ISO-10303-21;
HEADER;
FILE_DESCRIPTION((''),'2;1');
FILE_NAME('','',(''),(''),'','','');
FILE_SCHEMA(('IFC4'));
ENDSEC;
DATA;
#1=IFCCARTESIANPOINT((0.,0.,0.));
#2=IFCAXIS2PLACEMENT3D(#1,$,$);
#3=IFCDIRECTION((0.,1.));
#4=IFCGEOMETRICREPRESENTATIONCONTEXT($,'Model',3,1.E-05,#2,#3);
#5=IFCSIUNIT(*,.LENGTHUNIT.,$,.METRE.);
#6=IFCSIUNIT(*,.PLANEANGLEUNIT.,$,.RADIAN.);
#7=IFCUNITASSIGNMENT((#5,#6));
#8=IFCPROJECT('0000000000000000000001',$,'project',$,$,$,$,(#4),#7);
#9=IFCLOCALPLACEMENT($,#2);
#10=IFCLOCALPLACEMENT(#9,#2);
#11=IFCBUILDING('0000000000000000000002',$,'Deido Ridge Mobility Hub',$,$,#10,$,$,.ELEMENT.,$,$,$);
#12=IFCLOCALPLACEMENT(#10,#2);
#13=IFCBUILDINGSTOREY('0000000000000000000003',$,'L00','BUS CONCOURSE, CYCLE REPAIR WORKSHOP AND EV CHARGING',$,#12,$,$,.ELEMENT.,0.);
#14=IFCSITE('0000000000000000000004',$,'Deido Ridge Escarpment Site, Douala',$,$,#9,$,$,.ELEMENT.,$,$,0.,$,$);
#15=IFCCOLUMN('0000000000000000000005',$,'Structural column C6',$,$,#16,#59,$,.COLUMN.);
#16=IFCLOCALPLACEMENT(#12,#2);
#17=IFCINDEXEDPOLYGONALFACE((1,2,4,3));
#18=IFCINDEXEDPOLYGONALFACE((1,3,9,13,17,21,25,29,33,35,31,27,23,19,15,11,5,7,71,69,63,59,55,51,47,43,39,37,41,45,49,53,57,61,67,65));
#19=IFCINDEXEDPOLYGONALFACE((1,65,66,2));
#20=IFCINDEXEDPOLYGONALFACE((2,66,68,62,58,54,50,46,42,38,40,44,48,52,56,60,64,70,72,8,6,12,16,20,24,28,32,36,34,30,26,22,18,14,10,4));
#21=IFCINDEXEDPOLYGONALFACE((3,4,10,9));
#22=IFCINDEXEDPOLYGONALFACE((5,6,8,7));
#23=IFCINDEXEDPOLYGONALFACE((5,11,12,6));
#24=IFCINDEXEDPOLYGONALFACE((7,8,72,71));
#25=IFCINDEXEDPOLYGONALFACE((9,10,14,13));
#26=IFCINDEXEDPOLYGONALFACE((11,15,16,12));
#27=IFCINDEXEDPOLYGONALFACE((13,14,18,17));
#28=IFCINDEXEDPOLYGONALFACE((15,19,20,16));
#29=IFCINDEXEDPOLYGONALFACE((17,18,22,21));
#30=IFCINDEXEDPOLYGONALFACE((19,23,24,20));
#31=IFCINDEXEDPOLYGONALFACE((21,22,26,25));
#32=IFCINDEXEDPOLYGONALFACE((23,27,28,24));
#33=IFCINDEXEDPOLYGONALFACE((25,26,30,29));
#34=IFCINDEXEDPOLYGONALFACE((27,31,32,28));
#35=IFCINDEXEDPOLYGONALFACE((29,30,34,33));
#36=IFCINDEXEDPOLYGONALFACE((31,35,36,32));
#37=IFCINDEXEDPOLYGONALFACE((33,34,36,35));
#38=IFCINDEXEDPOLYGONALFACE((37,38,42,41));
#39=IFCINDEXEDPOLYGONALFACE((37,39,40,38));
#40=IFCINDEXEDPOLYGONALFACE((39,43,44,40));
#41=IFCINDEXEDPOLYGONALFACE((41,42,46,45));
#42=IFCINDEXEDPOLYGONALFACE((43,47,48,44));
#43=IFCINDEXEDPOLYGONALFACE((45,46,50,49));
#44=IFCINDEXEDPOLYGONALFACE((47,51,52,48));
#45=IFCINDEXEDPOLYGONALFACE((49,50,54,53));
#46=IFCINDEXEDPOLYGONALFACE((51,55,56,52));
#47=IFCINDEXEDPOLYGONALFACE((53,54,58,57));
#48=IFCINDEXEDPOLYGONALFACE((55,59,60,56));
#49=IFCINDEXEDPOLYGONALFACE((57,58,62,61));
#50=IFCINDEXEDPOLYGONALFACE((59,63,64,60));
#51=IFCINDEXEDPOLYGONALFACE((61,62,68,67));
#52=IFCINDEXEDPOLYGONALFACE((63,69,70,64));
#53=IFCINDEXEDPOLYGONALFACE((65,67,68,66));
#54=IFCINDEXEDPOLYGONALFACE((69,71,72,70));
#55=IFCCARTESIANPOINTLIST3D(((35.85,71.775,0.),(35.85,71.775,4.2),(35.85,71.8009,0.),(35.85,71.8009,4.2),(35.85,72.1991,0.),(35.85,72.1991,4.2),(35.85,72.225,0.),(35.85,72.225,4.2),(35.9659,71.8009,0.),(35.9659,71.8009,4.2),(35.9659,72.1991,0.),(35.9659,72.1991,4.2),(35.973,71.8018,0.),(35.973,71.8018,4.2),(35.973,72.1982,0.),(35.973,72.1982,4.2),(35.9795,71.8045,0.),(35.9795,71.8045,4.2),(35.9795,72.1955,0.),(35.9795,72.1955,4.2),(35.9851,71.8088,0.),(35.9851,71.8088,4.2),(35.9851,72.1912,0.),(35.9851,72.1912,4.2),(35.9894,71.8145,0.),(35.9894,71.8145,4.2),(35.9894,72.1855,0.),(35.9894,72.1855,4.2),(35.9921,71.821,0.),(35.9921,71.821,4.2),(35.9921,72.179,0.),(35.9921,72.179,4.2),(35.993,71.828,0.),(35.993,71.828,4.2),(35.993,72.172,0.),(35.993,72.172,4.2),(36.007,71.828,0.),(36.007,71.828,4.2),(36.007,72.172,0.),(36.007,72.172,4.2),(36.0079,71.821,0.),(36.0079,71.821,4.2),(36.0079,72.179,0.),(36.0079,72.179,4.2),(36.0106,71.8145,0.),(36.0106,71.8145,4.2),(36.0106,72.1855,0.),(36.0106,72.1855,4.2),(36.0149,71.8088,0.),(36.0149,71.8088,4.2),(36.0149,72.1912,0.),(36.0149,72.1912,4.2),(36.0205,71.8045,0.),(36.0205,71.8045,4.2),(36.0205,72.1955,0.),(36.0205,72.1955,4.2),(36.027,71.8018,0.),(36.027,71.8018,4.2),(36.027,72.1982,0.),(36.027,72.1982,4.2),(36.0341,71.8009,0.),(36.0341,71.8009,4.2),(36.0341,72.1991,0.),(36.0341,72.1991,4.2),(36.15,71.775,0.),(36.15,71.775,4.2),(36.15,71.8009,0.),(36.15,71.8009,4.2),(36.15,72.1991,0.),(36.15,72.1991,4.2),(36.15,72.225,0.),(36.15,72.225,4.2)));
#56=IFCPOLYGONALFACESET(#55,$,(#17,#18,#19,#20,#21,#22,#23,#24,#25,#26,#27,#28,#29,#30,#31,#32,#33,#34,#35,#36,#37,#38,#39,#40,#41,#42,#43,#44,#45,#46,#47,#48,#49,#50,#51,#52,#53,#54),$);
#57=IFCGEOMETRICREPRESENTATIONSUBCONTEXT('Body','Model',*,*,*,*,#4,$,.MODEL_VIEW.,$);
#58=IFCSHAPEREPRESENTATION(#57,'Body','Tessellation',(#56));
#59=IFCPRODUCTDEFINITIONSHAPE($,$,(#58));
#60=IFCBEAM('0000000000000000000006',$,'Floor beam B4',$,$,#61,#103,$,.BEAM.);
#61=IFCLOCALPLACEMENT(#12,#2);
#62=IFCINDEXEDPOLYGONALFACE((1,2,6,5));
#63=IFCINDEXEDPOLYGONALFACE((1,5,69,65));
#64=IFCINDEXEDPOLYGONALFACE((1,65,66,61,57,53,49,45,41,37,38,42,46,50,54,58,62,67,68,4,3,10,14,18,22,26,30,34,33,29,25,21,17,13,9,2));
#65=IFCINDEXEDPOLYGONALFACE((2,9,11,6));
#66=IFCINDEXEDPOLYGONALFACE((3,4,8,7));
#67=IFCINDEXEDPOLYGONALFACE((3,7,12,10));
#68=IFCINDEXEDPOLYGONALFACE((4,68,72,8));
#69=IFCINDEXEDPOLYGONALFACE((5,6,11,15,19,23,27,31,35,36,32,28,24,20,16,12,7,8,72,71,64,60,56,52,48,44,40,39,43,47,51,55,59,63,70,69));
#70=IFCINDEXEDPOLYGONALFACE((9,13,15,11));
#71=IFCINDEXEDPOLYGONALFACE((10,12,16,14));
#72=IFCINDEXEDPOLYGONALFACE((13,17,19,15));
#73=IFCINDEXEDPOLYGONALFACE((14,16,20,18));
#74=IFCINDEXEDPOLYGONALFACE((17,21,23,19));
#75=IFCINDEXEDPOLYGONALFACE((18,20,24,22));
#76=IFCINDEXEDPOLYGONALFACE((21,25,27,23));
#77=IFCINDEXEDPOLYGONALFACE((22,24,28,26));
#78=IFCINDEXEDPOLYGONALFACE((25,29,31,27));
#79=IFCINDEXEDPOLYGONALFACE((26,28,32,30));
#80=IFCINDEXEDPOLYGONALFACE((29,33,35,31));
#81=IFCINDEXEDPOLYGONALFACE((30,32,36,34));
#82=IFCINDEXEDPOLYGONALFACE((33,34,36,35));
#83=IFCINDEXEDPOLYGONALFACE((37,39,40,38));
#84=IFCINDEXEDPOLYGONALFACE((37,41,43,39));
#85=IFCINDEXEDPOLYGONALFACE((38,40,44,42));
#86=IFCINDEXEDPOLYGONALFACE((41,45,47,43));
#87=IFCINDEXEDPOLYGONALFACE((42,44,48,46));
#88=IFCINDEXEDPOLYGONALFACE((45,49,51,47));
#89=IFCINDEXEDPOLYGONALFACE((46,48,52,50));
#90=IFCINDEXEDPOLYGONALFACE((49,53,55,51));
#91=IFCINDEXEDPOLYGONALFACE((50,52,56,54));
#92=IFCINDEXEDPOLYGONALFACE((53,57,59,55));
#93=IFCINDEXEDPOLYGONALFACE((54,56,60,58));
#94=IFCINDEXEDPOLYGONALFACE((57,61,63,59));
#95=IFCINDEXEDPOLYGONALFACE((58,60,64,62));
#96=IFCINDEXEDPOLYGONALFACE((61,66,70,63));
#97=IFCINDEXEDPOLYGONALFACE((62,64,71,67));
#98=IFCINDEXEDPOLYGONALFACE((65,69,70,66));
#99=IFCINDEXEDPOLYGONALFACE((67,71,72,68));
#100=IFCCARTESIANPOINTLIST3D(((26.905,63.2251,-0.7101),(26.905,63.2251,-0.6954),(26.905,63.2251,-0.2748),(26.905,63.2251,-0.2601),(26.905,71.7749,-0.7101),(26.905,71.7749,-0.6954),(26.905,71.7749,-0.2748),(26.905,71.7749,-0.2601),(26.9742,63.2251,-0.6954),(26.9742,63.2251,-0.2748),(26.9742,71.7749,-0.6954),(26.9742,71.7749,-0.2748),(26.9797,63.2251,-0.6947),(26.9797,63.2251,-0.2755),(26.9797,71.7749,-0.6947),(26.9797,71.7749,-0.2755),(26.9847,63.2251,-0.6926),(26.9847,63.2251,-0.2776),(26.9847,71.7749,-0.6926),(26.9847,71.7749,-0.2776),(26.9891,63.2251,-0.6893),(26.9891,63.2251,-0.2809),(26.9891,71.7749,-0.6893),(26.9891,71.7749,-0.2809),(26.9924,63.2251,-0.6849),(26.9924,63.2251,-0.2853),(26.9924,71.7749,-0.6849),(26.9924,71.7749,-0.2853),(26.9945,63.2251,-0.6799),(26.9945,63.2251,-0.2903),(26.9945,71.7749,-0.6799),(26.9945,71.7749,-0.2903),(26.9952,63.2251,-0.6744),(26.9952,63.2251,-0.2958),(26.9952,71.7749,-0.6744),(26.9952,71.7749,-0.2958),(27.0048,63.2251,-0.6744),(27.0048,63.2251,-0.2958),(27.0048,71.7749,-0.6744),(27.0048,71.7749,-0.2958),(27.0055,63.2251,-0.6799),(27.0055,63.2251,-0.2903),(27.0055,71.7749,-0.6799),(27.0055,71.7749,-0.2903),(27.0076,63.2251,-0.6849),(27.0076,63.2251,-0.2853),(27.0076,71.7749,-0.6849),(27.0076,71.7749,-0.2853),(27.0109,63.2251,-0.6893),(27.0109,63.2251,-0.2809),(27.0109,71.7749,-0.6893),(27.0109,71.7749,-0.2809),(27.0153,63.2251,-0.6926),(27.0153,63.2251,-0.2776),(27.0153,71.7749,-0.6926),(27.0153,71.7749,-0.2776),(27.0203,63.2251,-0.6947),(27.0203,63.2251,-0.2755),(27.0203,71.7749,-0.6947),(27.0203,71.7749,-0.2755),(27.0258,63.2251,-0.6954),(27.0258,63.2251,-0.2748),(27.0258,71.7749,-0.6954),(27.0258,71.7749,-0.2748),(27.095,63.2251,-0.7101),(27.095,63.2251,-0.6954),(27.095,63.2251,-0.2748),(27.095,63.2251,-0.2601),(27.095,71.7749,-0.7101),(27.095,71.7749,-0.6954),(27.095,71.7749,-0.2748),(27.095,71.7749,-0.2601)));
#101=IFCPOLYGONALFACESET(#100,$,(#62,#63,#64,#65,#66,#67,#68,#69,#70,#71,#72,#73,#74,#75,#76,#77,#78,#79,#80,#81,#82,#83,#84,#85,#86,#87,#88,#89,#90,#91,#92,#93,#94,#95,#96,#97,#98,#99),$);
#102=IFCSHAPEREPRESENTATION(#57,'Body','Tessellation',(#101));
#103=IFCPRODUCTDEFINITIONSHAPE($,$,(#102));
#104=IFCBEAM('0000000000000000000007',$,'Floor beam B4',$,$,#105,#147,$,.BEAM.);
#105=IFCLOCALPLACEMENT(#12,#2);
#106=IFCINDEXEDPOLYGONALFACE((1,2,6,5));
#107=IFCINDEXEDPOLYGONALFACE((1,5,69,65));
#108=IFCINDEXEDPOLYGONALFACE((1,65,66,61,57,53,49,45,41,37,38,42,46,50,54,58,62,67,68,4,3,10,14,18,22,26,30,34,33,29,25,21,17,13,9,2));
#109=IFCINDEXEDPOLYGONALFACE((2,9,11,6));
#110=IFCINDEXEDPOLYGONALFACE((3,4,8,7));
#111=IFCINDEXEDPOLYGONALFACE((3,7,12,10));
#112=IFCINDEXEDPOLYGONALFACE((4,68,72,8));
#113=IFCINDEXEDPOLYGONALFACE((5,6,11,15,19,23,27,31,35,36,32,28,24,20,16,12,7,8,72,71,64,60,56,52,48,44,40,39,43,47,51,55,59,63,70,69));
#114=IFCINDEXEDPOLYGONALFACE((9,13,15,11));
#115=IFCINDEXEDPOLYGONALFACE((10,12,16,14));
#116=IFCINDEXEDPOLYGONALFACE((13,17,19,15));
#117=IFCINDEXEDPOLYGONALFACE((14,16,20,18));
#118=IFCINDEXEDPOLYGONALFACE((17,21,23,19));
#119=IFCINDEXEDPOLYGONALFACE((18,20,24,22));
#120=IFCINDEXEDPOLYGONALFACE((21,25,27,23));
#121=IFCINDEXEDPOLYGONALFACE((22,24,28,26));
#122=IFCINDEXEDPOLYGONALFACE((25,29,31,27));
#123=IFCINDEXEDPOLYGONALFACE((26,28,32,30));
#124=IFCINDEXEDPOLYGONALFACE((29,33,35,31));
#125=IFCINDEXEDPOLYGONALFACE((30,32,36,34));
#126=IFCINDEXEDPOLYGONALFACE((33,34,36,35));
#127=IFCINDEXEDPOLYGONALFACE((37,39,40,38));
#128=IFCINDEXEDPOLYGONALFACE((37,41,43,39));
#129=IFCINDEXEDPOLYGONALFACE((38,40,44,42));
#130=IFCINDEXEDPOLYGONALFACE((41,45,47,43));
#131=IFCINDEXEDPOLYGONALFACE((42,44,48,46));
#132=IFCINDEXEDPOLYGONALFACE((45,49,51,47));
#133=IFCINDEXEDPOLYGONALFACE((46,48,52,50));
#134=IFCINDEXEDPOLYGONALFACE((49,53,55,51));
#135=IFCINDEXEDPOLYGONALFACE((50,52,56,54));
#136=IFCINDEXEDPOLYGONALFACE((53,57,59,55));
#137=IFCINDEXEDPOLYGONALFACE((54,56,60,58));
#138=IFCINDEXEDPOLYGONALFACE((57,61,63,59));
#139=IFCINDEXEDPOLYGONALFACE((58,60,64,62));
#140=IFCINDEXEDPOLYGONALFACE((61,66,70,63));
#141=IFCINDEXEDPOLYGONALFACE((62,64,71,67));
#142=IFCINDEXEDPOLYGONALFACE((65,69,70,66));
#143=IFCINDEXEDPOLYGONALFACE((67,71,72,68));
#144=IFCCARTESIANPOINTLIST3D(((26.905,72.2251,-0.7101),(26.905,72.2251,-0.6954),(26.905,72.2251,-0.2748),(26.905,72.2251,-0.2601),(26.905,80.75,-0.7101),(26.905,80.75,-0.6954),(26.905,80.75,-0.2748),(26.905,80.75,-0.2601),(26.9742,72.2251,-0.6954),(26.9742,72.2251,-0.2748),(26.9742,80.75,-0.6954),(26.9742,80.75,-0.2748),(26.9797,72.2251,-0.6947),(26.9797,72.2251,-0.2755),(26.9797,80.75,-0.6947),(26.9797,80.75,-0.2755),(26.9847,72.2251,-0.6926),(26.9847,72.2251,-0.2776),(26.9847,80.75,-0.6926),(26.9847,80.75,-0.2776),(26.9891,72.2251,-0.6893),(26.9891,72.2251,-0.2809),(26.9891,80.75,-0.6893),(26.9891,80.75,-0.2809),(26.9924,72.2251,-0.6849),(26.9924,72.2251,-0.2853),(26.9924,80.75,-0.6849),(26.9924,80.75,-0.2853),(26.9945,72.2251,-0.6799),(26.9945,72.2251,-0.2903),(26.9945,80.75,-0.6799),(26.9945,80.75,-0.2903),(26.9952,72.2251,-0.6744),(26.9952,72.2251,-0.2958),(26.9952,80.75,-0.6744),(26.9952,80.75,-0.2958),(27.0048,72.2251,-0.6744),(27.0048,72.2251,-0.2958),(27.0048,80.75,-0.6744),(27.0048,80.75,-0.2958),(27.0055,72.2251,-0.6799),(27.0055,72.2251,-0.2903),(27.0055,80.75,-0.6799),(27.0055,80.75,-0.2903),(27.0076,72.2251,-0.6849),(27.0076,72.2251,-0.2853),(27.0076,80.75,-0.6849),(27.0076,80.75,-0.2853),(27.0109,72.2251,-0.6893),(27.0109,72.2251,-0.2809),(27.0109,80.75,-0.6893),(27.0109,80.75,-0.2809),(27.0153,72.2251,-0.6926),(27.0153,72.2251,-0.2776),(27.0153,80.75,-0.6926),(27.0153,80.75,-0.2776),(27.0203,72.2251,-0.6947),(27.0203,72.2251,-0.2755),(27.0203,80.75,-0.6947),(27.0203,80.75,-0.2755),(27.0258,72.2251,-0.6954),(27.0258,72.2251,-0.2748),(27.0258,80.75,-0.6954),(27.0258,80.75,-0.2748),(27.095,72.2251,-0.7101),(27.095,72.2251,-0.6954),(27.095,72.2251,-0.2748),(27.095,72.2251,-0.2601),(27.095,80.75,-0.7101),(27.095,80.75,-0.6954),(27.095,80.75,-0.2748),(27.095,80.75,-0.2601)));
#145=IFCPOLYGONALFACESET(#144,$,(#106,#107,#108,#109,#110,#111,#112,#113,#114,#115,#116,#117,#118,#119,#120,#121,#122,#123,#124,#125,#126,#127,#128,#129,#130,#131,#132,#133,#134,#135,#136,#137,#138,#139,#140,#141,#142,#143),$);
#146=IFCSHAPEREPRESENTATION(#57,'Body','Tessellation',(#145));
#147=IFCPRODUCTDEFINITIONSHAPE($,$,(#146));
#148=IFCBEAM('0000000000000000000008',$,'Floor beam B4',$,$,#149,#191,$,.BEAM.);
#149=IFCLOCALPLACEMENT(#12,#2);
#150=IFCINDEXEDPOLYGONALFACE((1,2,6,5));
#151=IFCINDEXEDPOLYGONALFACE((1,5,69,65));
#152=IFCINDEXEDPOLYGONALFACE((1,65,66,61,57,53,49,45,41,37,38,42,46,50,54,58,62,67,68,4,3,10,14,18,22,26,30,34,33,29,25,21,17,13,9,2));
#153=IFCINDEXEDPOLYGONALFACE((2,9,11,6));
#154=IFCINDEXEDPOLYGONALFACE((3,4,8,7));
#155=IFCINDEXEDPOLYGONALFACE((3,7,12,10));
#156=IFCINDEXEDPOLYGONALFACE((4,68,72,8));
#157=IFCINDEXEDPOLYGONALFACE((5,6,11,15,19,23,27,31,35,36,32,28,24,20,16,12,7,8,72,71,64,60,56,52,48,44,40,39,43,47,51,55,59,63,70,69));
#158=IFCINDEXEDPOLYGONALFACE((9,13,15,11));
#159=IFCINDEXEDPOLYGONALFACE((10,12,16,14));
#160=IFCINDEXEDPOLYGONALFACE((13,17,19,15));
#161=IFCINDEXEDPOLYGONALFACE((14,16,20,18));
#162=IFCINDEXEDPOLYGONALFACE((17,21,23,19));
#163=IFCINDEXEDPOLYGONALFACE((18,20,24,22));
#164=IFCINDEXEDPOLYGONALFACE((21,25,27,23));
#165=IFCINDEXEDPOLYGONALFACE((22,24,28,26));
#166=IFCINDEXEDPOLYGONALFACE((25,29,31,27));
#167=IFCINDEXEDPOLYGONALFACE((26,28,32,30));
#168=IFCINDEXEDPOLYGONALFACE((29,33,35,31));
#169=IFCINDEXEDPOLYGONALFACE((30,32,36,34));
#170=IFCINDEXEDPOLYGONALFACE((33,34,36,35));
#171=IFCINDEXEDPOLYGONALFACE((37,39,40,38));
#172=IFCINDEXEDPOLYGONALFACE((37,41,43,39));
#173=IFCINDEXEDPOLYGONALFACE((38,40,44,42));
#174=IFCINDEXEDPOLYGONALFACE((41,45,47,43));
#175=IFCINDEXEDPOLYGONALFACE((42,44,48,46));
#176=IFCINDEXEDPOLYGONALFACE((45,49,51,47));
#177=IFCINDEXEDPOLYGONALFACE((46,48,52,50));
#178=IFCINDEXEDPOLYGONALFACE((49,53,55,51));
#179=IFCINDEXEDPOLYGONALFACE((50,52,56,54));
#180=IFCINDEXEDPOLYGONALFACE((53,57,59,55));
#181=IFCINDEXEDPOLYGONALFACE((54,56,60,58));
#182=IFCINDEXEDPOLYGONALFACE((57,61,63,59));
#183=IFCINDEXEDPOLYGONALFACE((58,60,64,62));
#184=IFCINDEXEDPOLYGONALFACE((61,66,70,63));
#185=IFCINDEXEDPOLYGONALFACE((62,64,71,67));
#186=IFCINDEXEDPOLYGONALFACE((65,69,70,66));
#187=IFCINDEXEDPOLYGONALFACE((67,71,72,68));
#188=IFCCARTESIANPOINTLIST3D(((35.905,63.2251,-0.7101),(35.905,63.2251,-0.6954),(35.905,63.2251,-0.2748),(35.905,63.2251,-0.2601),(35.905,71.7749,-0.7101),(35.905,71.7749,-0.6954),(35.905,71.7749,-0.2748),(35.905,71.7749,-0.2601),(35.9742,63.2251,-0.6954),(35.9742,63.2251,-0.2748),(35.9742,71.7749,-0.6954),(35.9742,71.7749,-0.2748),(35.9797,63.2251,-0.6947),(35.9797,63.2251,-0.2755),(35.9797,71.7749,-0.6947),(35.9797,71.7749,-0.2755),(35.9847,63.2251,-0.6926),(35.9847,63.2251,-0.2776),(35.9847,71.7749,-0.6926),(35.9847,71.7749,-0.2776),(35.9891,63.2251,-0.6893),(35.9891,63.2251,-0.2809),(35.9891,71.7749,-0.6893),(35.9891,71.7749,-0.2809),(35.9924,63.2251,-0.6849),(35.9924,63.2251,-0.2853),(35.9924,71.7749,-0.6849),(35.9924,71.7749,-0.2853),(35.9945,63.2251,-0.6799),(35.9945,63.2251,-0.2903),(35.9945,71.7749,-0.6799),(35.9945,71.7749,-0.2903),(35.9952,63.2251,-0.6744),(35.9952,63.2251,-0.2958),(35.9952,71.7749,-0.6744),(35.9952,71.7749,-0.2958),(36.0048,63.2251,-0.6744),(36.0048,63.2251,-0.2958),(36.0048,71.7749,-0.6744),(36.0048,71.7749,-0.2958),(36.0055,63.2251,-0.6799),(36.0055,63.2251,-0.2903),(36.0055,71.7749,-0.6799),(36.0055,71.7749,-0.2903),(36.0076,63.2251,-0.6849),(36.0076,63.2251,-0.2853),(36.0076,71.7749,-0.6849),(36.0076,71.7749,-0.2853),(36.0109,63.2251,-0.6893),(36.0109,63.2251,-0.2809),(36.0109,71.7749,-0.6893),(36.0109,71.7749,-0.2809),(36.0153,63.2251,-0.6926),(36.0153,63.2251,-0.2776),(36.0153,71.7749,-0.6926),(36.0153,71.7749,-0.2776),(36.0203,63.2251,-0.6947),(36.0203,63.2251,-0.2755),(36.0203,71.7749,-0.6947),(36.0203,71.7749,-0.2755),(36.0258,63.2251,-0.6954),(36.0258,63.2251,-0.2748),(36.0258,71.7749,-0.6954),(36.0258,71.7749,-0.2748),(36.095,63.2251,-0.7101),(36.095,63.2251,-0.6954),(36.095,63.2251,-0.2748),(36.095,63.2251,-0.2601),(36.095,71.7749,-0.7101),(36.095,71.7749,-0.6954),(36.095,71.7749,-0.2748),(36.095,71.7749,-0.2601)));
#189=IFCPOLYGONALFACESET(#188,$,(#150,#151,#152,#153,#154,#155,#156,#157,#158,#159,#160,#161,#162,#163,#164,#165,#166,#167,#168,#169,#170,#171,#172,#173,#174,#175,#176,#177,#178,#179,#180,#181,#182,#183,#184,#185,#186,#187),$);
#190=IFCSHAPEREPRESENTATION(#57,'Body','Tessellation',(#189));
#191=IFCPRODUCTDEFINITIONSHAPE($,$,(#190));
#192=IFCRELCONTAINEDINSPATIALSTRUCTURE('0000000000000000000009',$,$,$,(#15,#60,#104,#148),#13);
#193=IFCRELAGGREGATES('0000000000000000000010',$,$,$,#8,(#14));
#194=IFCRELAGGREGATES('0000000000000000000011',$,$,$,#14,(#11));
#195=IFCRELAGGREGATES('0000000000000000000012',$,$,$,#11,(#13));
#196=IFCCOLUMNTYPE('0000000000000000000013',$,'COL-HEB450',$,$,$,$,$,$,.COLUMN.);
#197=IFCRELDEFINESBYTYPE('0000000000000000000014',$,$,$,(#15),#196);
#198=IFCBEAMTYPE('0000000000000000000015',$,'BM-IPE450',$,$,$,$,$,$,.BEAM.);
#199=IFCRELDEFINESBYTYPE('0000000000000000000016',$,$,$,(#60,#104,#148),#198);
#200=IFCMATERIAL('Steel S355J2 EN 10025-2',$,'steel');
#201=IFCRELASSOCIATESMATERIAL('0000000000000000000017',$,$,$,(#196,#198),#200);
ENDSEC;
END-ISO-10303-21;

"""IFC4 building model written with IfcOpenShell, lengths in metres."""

from ifc_helpers import new_model, si_unit, direction, frame, origin, origin_2d, place, context, subcontext, project, spatial, i_section, extrude, material, material_profile, profile_set, type_object, element, save


model = new_model("IFC4")

# Units and contexts
model_context = context("Model", 3, precision=1e-05, world=origin(), true_north=direction((0.0, 1.0)))
body_context = subcontext(model_context, "Body", "Model", "MODEL_VIEW")
ifc_project = project(units=[si_unit("LENGTHUNIT", "METRE"), si_unit("PLANEANGLEUNIT", "RADIAN")], contexts=[model_context])

# Site, building, storey
site_placement = place(None, origin())
site = spatial("IfcSite", under=ifc_project, at=site_placement, Name="Deido Ridge Escarpment Site, Douala", CompositionType="ELEMENT", RefElevation=0.0)
building_placement = place(site_placement, origin())
building = spatial("IfcBuilding", under=site, at=building_placement, Name="Deido Ridge Mobility Hub", CompositionType="ELEMENT")
storey_placement = place(building_placement, origin())
storey = spatial("IfcBuildingStorey", under=building, at=storey_placement, Name="L00", Description="BUS CONCOURSE, CYCLE REPAIR WORKSHOP AND EV CHARGING", CompositionType="ELEMENT", Elevation=0.0)

# Column
ifc_material_1 = material(Name="Steel S355J2 EN 10025-2", Category="steel")
ifc_material_profile_1 = material_profile(ifc_material_1, i_section(OverallWidth=0.3, OverallDepth=0.45, WebThickness=0.0139, FlangeThickness=0.0259, FilletRadius=0.0271, at=origin_2d()), Name="HEB 450")
ifc_profile_set_1 = profile_set([ifc_material_profile_1], Name="Steel S355J2 EN 10025-2")
column_type = type_object("IfcColumnType", Name="COL-HEB450", PredefinedType="COLUMN", material=ifc_profile_set_1)
for number, where, z_axis, x_axis, name in (
    (1, (36.0, 72.0, 0.0), (0.0, 0.0, 1.0), (1.0, 0.0, 0.0), "Structural column C6"),
):
    element("IfcColumn", number, at=place(storey_placement, frame(where, z_axis=z_axis, x_axis=x_axis)), inside=storey, type_object=column_type, Name=name, PredefinedType="COLUMN", context=body_context, shape_type="SweptSolid", body=[
        extrude(i_section(OverallWidth=0.3, OverallDepth=0.45, WebThickness=0.0139, FlangeThickness=0.0259, FilletRadius=0.0271, at=origin_2d()), origin(), (0.0, 0.0, 1.0), 4.2),
    ])

# Beams
ifc_material_profile_2 = material_profile(ifc_material_1, i_section(OverallWidth=0.1899, OverallDepth=0.45, WebThickness=0.0095, FlangeThickness=0.0146, FilletRadius=0.021, at=origin_2d()), Name="IPE 450")
ifc_profile_set_2 = profile_set([ifc_material_profile_2], Name="Steel S355J2 EN 10025-2")
beam_type_1 = type_object("IfcBeamType", Name="BM-IPE450", PredefinedType="BEAM", material=ifc_profile_set_2)
beam_1_placement = place(storey_placement, frame((27.0, 63.2251, -0.4851), z_axis=(0.0, 1.0, 0.0), x_axis=(-1.0, 0.0, 0.0)))
element("IfcBeam", 2, at=beam_1_placement, inside=storey, type_object=beam_type_1, Name="Floor beam B4", PredefinedType="BEAM", context=body_context, shape_type="SweptSolid", body=[
    extrude(i_section(OverallWidth=0.1899, OverallDepth=0.45, WebThickness=0.0095, FlangeThickness=0.0146, FilletRadius=0.021, at=origin_2d()), origin(), (0.0, 0.0, 1.0), 8.5498),
])
beam_2_placement = place(storey_placement, frame((27.0, 72.2251, -0.4851), z_axis=(0.0, 1.0, 0.0), x_axis=(-1.0, 0.0, 0.0)))
element("IfcBeam", 3, at=beam_2_placement, inside=storey, type_object=beam_type_1, Name="Floor beam B4", PredefinedType="BEAM", context=body_context, shape_type="SweptSolid", body=[
    extrude(i_section(OverallWidth=0.1899, OverallDepth=0.45, WebThickness=0.0095, FlangeThickness=0.0146, FilletRadius=0.021, at=origin_2d()), origin(), (0.0, 0.0, 1.0), 8.5249),
])
beam_3_placement = place(storey_placement, frame((36.0, 63.2251, -0.4851), z_axis=(0.0, 1.0, 0.0), x_axis=(-1.0, 0.0, 0.0)))
element("IfcBeam", 4, at=beam_3_placement, inside=storey, type_object=beam_type_1, Name="Floor beam B4", PredefinedType="BEAM", context=body_context, shape_type="SweptSolid", body=[
    extrude(i_section(OverallWidth=0.1899, OverallDepth=0.45, WebThickness=0.0095, FlangeThickness=0.0146, FilletRadius=0.021, at=origin_2d()), origin(), (0.0, 0.0, 1.0), 8.5498),
])

save(model, "model.ifc")
